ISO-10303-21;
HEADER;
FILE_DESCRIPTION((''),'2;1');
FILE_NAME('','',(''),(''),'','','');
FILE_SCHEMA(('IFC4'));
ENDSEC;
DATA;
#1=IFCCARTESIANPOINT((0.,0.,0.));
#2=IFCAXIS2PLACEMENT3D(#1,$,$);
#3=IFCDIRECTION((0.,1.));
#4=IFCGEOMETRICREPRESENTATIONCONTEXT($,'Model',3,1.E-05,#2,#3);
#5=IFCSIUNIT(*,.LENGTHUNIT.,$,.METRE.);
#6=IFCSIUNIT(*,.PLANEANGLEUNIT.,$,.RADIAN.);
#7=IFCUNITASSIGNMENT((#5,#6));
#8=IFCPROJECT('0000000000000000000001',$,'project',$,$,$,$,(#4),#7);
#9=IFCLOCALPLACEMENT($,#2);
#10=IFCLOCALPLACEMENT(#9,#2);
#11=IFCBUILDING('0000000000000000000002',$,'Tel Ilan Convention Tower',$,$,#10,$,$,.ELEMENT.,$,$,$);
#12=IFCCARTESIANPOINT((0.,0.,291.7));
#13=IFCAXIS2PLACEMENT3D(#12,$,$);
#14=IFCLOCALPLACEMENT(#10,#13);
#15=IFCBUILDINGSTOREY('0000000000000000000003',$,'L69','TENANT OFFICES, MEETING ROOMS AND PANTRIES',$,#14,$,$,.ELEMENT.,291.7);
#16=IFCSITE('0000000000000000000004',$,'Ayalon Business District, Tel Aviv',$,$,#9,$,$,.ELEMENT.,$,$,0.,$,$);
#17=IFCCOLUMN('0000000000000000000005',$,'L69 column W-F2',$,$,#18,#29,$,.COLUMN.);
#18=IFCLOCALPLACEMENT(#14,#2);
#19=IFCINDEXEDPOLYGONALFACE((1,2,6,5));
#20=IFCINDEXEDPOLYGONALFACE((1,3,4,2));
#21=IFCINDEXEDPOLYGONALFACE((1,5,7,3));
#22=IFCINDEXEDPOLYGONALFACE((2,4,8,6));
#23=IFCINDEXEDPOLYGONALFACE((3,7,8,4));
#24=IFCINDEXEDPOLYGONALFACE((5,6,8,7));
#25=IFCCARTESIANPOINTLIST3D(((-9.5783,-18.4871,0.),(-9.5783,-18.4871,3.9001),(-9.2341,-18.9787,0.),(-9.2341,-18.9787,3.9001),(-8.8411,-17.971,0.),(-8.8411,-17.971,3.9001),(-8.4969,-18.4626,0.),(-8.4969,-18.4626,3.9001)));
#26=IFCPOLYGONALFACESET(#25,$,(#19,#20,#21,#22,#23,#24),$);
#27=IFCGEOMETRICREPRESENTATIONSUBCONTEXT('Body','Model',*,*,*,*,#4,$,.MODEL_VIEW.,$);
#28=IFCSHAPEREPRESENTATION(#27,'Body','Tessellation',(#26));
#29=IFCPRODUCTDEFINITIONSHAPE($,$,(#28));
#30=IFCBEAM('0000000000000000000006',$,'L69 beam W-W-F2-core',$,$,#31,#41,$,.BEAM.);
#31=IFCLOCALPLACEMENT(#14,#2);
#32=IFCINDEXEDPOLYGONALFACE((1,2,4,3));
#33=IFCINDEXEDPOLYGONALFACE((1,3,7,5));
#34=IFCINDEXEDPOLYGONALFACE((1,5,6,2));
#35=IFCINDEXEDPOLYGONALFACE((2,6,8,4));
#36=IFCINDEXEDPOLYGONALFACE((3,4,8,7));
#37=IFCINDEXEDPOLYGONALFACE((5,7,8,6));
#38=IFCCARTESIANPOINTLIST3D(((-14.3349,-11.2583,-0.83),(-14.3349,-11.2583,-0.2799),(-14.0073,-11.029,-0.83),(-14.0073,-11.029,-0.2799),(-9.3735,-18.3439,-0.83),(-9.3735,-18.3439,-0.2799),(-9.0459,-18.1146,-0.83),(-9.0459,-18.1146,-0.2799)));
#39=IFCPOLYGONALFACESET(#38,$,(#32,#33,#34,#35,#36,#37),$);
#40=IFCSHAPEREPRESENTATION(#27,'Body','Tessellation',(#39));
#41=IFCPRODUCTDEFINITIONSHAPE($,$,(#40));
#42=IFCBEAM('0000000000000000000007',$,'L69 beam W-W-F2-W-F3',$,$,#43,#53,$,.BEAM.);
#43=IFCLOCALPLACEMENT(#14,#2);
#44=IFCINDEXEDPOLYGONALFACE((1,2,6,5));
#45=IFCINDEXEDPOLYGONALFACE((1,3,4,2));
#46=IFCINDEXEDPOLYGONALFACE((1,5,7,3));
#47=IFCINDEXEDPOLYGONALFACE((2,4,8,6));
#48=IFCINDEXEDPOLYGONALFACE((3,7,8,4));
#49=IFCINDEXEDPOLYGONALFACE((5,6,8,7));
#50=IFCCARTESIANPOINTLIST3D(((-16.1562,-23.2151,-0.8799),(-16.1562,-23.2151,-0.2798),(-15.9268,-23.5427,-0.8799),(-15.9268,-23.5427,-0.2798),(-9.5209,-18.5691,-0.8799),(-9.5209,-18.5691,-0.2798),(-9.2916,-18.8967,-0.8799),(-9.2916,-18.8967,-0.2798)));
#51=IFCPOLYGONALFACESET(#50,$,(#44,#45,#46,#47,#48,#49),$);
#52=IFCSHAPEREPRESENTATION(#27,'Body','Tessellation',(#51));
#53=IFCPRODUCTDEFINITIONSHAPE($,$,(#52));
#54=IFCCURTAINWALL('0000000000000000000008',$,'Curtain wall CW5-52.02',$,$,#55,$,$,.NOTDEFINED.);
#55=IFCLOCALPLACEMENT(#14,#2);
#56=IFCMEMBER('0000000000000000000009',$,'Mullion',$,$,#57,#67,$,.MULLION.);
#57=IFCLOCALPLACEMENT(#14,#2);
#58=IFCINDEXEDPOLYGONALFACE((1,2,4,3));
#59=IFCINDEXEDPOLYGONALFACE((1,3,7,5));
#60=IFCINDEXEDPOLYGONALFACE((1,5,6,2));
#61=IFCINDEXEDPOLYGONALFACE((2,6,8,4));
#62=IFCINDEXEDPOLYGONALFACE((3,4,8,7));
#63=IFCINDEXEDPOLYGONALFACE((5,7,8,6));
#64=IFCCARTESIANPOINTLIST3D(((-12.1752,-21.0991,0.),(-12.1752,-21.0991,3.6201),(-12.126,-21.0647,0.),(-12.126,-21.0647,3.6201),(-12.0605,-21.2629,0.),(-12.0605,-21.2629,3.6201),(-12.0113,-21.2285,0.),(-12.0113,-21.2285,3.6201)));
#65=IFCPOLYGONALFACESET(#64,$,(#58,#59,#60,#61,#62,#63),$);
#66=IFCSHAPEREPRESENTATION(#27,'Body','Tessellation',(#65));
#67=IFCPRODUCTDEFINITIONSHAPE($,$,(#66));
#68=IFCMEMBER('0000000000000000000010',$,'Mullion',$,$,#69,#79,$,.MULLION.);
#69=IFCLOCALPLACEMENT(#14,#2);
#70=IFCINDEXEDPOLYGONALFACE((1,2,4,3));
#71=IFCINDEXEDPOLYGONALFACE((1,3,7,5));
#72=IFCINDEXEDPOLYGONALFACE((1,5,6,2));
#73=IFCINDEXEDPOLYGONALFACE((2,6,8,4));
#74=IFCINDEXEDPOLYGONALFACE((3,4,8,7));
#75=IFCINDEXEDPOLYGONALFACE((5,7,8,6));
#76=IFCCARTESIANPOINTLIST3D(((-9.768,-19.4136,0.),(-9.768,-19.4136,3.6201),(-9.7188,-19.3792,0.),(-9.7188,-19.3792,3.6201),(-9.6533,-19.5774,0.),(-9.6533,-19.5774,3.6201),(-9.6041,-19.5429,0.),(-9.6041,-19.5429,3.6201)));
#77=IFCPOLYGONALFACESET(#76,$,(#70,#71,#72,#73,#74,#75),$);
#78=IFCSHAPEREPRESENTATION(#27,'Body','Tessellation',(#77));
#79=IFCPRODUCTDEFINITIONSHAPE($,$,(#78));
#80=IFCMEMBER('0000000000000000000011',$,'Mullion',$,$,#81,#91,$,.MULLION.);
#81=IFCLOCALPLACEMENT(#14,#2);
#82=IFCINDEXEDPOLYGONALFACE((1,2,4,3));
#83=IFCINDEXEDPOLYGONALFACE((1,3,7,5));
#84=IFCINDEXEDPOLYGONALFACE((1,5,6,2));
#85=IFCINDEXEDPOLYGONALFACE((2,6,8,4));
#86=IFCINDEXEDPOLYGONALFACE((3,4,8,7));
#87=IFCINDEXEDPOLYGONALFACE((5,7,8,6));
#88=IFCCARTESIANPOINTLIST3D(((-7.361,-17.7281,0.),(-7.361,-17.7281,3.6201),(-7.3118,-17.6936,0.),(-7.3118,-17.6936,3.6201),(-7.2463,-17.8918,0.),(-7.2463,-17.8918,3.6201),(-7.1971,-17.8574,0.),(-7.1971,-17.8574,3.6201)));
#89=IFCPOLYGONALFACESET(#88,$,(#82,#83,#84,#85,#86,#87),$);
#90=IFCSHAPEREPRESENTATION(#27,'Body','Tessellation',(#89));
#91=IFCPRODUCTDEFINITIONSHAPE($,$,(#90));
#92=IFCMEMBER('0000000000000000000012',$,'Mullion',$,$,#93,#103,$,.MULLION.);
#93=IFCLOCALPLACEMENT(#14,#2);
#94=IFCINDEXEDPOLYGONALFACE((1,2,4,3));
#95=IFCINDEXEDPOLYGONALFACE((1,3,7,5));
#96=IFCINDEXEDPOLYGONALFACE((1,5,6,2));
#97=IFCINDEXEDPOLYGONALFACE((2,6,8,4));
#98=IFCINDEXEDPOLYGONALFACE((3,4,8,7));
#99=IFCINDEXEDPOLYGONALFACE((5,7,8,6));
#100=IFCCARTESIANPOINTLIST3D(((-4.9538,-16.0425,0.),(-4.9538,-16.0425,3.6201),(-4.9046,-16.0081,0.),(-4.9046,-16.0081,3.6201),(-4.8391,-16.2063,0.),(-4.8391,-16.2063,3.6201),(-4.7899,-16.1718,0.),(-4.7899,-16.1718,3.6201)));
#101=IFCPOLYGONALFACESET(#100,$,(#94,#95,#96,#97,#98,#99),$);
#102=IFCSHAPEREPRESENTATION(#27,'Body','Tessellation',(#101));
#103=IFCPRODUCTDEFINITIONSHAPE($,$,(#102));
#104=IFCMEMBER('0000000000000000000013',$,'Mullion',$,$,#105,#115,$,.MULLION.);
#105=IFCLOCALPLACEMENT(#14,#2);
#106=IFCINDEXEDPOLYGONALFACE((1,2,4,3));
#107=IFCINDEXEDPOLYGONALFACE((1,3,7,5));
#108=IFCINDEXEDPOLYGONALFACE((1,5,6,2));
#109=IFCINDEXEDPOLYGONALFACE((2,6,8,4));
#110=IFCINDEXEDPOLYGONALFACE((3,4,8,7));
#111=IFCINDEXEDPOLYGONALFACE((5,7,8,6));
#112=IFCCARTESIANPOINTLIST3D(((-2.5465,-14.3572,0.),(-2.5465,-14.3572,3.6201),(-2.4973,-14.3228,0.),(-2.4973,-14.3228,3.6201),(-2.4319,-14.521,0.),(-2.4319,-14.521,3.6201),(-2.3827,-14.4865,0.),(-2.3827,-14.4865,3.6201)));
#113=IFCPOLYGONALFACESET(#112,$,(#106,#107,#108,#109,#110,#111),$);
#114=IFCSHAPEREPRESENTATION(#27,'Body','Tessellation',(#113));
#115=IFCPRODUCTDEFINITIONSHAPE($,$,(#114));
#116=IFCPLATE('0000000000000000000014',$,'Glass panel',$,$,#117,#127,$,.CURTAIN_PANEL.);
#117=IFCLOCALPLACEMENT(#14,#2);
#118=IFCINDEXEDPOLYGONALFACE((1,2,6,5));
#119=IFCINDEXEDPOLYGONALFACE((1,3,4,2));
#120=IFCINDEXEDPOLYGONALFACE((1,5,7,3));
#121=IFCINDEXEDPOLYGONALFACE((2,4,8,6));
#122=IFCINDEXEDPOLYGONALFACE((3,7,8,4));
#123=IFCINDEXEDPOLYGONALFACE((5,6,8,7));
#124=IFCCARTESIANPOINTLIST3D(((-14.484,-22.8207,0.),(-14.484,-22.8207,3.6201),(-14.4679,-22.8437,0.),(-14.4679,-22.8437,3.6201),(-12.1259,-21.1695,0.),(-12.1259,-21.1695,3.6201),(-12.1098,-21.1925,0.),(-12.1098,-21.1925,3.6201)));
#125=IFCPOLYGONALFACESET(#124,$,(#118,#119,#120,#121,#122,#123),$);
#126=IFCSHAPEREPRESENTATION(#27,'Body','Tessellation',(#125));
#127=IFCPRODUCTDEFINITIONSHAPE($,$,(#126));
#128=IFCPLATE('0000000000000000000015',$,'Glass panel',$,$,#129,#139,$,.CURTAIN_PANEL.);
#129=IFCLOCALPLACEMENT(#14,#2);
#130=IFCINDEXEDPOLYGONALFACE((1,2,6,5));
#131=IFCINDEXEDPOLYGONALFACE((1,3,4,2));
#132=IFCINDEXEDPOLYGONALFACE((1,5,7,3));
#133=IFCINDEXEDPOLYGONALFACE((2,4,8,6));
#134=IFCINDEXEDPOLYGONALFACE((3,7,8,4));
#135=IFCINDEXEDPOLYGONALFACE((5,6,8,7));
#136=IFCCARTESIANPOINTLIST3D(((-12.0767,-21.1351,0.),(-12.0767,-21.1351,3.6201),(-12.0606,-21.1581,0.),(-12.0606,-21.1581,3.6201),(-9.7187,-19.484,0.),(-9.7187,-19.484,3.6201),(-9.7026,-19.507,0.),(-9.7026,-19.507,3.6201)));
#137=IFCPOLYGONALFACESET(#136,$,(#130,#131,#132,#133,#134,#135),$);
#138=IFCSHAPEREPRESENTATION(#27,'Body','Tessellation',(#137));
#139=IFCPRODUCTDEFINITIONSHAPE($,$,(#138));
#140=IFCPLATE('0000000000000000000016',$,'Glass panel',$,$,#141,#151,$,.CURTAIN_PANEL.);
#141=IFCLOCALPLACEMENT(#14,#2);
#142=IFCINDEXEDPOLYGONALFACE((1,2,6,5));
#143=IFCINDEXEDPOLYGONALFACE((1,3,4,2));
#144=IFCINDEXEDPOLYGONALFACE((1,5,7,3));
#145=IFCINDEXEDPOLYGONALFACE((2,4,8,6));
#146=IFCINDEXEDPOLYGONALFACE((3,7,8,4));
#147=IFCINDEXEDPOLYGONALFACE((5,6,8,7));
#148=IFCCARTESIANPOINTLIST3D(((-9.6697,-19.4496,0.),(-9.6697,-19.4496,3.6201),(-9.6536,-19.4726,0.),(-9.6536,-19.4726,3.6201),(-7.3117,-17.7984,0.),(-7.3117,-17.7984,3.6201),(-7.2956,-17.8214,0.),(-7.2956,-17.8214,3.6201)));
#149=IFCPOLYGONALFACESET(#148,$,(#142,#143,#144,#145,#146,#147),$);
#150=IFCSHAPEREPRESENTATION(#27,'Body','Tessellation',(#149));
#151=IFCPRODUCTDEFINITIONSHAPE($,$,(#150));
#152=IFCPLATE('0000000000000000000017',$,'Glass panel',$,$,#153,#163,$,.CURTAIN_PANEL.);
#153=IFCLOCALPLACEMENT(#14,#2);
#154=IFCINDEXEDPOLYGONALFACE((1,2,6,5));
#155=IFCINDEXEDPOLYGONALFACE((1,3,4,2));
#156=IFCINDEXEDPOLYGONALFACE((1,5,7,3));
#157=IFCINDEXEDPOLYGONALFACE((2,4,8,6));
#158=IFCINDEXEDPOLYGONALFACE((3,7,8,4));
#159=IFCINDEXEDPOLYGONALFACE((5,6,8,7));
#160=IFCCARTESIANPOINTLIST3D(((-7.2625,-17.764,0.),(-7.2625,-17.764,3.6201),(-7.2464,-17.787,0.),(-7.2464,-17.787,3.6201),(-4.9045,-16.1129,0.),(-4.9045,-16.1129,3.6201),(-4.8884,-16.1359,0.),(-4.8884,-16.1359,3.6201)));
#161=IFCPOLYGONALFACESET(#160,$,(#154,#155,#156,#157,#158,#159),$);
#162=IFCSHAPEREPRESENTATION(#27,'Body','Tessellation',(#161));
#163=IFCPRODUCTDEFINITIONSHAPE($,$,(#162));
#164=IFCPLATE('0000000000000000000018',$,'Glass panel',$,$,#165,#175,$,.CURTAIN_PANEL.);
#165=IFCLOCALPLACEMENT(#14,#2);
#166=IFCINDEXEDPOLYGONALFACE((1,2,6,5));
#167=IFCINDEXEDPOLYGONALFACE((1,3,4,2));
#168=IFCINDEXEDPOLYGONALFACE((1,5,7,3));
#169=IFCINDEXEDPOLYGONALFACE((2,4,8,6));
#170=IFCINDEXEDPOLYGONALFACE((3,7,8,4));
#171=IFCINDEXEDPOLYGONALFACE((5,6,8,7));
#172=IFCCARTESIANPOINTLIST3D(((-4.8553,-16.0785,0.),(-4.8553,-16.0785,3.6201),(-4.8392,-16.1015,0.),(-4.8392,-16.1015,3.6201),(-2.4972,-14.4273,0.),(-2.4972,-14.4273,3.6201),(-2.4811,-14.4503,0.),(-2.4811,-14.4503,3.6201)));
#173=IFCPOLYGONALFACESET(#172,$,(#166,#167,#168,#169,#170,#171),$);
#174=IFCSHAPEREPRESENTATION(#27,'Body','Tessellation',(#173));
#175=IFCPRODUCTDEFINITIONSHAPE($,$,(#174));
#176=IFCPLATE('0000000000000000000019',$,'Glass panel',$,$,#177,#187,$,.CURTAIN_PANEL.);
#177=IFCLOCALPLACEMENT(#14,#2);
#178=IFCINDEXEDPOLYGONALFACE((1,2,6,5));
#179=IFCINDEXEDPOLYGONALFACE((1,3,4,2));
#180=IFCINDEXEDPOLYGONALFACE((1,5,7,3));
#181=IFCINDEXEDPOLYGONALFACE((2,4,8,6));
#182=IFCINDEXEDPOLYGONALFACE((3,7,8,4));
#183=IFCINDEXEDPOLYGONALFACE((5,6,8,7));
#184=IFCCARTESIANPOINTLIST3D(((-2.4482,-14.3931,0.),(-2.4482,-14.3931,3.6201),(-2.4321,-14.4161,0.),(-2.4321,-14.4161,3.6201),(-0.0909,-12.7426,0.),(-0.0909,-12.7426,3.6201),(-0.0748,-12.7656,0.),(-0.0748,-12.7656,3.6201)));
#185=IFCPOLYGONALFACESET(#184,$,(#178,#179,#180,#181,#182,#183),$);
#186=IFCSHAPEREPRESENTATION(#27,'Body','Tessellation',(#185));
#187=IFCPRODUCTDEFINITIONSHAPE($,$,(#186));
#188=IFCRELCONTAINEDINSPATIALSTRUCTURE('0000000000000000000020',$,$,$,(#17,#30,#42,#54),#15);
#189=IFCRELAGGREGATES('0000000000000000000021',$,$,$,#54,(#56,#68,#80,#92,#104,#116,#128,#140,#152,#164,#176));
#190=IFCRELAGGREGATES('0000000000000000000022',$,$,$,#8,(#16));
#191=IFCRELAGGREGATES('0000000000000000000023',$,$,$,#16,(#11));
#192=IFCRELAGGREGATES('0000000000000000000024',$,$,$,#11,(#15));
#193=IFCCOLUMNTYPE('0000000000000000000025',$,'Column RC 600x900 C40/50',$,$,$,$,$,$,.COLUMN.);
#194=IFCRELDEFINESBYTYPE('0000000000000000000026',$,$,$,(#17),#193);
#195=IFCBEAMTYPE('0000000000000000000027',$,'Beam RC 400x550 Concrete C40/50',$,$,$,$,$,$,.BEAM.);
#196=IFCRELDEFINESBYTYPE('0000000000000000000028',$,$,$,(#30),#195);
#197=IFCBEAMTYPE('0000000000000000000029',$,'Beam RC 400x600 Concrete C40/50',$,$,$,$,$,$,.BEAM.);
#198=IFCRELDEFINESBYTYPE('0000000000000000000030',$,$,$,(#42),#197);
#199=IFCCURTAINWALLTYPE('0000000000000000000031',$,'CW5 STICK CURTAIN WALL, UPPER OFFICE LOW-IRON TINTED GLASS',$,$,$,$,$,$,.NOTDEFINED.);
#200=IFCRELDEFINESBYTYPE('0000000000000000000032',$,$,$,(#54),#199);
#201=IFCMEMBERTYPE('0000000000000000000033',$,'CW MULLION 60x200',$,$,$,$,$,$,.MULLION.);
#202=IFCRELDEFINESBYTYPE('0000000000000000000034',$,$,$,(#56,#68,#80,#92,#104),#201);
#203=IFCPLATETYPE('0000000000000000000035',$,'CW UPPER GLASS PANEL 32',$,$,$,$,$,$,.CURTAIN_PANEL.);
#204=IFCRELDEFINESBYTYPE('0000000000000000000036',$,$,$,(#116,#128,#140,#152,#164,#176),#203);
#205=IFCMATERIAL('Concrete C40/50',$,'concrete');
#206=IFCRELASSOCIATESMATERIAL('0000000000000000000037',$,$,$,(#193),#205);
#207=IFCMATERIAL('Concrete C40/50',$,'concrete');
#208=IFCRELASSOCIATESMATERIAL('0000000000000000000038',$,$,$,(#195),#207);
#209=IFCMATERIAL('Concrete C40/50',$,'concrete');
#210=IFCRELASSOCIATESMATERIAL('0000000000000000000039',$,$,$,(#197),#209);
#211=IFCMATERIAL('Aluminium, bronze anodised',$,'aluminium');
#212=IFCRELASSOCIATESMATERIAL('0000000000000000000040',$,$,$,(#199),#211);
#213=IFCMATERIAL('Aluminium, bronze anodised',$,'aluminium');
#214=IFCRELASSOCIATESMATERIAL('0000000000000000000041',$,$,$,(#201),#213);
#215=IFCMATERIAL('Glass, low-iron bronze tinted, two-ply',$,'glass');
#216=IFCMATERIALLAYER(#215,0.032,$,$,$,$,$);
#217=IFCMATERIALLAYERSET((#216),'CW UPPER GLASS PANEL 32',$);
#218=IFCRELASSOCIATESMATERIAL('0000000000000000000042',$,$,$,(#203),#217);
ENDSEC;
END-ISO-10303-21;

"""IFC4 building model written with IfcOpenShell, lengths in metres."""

from ifc_helpers import new_model, si_unit, direction, frame, origin, origin_2d, place, context, subcontext, project, spatial, rectangle, extrude, material, layer, layer_set, material_profile, profile_set, type_object, element, aggregate, save


model = new_model("IFC4")

# Units and contexts
model_context = context("Model", 3, precision=1e-05, world=origin(), true_north=direction((0.0, 1.0)))
body_context = subcontext(model_context, "Body", "Model", "MODEL_VIEW")
ifc_project = project(units=[si_unit("LENGTHUNIT", "METRE"), si_unit("PLANEANGLEUNIT", "RADIAN")], contexts=[model_context])

# Site, building, storey
site_placement = place(None, origin())
site = spatial("IfcSite", under=ifc_project, at=site_placement, Name="Ayalon Business District, Tel Aviv", CompositionType="ELEMENT", RefElevation=0.0)
building_placement = place(site_placement, origin())
building = spatial("IfcBuilding", under=site, at=building_placement, Name="Tel Ilan Convention Tower", CompositionType="ELEMENT")
storey_placement = place(building_placement, frame((0.0, 0.0, 291.7)))
storey = spatial("IfcBuildingStorey", under=building, at=storey_placement, Name="L69", Description="TENANT OFFICES, MEETING ROOMS AND PANTRIES", CompositionType="ELEMENT", Elevation=291.7)

# Column
ifc_material_1 = material(Name="Concrete C40/50", Category="concrete")
ifc_material_profile_1 = material_profile(ifc_material_1, rectangle(XDim=0.8999, YDim=0.6001, at=origin_2d()), Name="RC 600x900")
ifc_profile_set_1 = profile_set([ifc_material_profile_1], Name="Concrete C40/50")
column_type = type_object("IfcColumnType", Name="Column RC 600x900 C40/50", PredefinedType="COLUMN", material=ifc_profile_set_1)
column_placement = place(storey_placement, frame((-9.0376, -18.4749, 0.0), z_axis=(0.0, 0.0, 1.0), x_axis=(-0.819152, -0.573576, 0.0)))
element("IfcColumn", 1, at=column_placement, inside=storey, type_object=column_type, Name="L69 column W-F2", PredefinedType="COLUMN", context=body_context, shape_type="SweptSolid", body=[
    extrude(rectangle(XDim=0.8999, YDim=0.6001, at=origin_2d()), origin(), (0.0, 0.0, 1.0), 3.9001),
])

# Beams
ifc_material_2 = material(Name="Concrete C40/50", Category="concrete")
ifc_material_profile_2 = material_profile(ifc_material_2, rectangle(XDim=0.3999, YDim=0.55, at=origin_2d()), Name="RC 400x550")
ifc_profile_set_2 = profile_set([ifc_material_profile_2], Name="Concrete C40/50")
beam_type_1 = type_object("IfcBeamType", Name="Beam RC 400x550 Concrete C40/50", PredefinedType="BEAM", material=ifc_profile_set_2)
beam_1_placement = place(storey_placement, frame((-9.2097, -18.2292, -0.5549), z_axis=(-0.573574, 0.819154, 0.0), x_axis=(-0.819154, -0.573574, 0.0)))
element("IfcBeam", 2, at=beam_1_placement, inside=storey, type_object=beam_type_1, Name="L69 beam W-W-F2-core", PredefinedType="BEAM", context=body_context, shape_type="SweptSolid", body=[
    extrude(rectangle(XDim=0.3999, YDim=0.55, at=origin_2d()), origin(), (0.0, 0.0, 1.0), 8.6499),
])
ifc_material_3 = material(Name="Concrete C40/50", Category="concrete")
ifc_material_profile_3 = material_profile(ifc_material_3, rectangle(XDim=0.3999, YDim=0.6001, at=origin_2d()), Name="RC 400x600")
ifc_profile_set_3 = profile_set([ifc_material_profile_3], Name="Concrete C40/50")
beam_type_2 = type_object("IfcBeamType", Name="Beam RC 400x600 Concrete C40/50", PredefinedType="BEAM", material=ifc_profile_set_3)
beam_2_placement = place(storey_placement, frame((-9.4062, -18.7329, -0.5798), z_axis=(-0.819155, -0.573572, 0.0), x_axis=(0.573572, -0.819155, 0.0)))
element("IfcBeam", 3, at=beam_2_placement, inside=storey, type_object=beam_type_2, Name="L69 beam W-W-F2-W-F3", PredefinedType="BEAM", context=body_context, shape_type="SweptSolid", body=[
    extrude(rectangle(XDim=0.3999, YDim=0.6001, at=origin_2d()), origin(), (0.0, 0.0, 1.0), 8.1001),
])

# Curtain wall, members, plates
ifc_material_4 = material(Name="Aluminium, bronze anodised", Category="aluminium")
curtain_wall_type = type_object("IfcCurtainWallType", Name="CW5 STICK CURTAIN WALL, UPPER OFFICE LOW-IRON TINTED GLASS", PredefinedType="NOTDEFINED", material=ifc_material_4)
curtain_wall_placement = place(storey_placement, origin())
curtain_wall = element("IfcCurtainWall", 4, at=curtain_wall_placement, inside=storey, type_object=curtain_wall_type, Name="Curtain wall CW5-52.02", PredefinedType="NOTDEFINED")
ifc_material_5 = material(Name="Aluminium, bronze anodised", Category="aluminium")
ifc_material_profile_4 = material_profile(ifc_material_5, rectangle(XDim=0.0601, YDim=0.2, at=origin_2d()), Name="CW MULLION 60x200")
ifc_profile_set_4 = profile_set([ifc_material_profile_4], Name="Aluminium, bronze anodised")
member_type = type_object("IfcMemberType", Name="CW MULLION 60x200", PredefinedType="MULLION", material=ifc_profile_set_4)
member_1_placement = place(storey_placement, frame((-12.0933, -21.1638, 0.0), z_axis=(0.0, 0.0, 1.0), x_axis=(0.819152, 0.573576, 0.0)))
member_1 = element("IfcMember", 5, at=member_1_placement, type_object=member_type, Name="Mullion", PredefinedType="MULLION", context=body_context, shape_type="SweptSolid", body=[
    extrude(rectangle(XDim=0.0601, YDim=0.2, at=origin_2d()), origin(), (0.0, 0.0, 1.0), 3.6201),
])
member_2_placement = place(storey_placement, frame((-9.686, -19.4783, 0.0), z_axis=(0.0, 0.0, 1.0), x_axis=(0.819152, 0.573576, 0.0)))
member_2 = element("IfcMember", 6, at=member_2_placement, type_object=member_type, Name="Mullion", PredefinedType="MULLION", context=body_context, shape_type="SweptSolid", body=[
    extrude(rectangle(XDim=0.0601, YDim=0.2, at=origin_2d()), origin(), (0.0, 0.0, 1.0), 3.6201),
])
member_3_placement = place(storey_placement, frame((-7.2791, -17.7927, 0.0), z_axis=(0.0, 0.0, 1.0), x_axis=(0.819152, 0.573576, 0.0)))
member_3 = element("IfcMember", 7, at=member_3_placement, type_object=member_type, Name="Mullion", PredefinedType="MULLION", context=body_context, shape_type="SweptSolid", body=[
    extrude(rectangle(XDim=0.0601, YDim=0.2, at=origin_2d()), origin(), (0.0, 0.0, 1.0), 3.6201),
])
member_4_placement = place(storey_placement, frame((-4.8718, -16.1072, 0.0), z_axis=(0.0, 0.0, 1.0), x_axis=(0.819152, 0.573576, 0.0)))
member_4 = element("IfcMember", 8, at=member_4_placement, type_object=member_type, Name="Mullion", PredefinedType="MULLION", context=body_context, shape_type="SweptSolid", body=[
    extrude(rectangle(XDim=0.0601, YDim=0.2, at=origin_2d()), origin(), (0.0, 0.0, 1.0), 3.6201),
])
member_5_placement = place(storey_placement, frame((-2.4646, -14.4219, 0.0), z_axis=(0.0, 0.0, 1.0), x_axis=(0.819152, 0.573576, 0.0)))
member_5 = element("IfcMember", 9, at=member_5_placement, type_object=member_type, Name="Mullion", PredefinedType="MULLION", context=body_context, shape_type="SweptSolid", body=[
    extrude(rectangle(XDim=0.0601, YDim=0.2, at=origin_2d()), origin(), (0.0, 0.0, 1.0), 3.6201),
])
ifc_material_6 = material(Name="Glass, low-iron bronze tinted, two-ply", Category="glass")
ifc_layer_1 = layer(ifc_material_6, 0.032)
ifc_layer_set_1 = layer_set([ifc_layer_1], Name="CW UPPER GLASS PANEL 32")
plate_type = type_object("IfcPlateType", Name="CW UPPER GLASS PANEL 32", PredefinedType="CURTAIN_PANEL", material=ifc_layer_set_1)
plate_1_placement = place(storey_placement, frame((-13.2969, -22.0066, 0.0), z_axis=(0.0, 0.0, 1.0), x_axis=(0.819152, 0.573576, 0.0)))
plate_1 = element("IfcPlate", 10, at=plate_1_placement, type_object=plate_type, Name="Glass panel", PredefinedType="CURTAIN_PANEL", context=body_context, shape_type="SweptSolid", body=[
    extrude(rectangle(XDim=2.8787, YDim=0.0281, at=origin_2d()), origin(), (0.0, 0.0, 1.0), 3.6201),
])
plate_2_placement = place(storey_placement, frame((-10.8896, -20.321, 0.0), z_axis=(0.0, 0.0, 1.0), x_axis=(0.819152, 0.573576, 0.0)))
plate_2 = element("IfcPlate", 11, at=plate_2_placement, type_object=plate_type, Name="Glass panel", PredefinedType="CURTAIN_PANEL", context=body_context, shape_type="SweptSolid", body=[
    extrude(rectangle(XDim=2.8787, YDim=0.0281, at=origin_2d()), origin(), (0.0, 0.0, 1.0), 3.6201),
])
plate_3_placement = place(storey_placement, frame((-8.4827, -18.6355, 0.0), z_axis=(0.0, 0.0, 1.0), x_axis=(0.819152, 0.573576, 0.0)))
plate_3 = element("IfcPlate", 12, at=plate_3_placement, type_object=plate_type, Name="Glass panel", PredefinedType="CURTAIN_PANEL", context=body_context, shape_type="SweptSolid", body=[
    extrude(rectangle(XDim=2.8787, YDim=0.0281, at=origin_2d()), origin(), (0.0, 0.0, 1.0), 3.6201),
])
plate_4_placement = place(storey_placement, frame((-6.0754, -16.95, 0.0), z_axis=(0.0, 0.0, 1.0), x_axis=(0.819152, 0.573576, 0.0)))
plate_4 = element("IfcPlate", 13, at=plate_4_placement, type_object=plate_type, Name="Glass panel", PredefinedType="CURTAIN_PANEL", context=body_context, shape_type="SweptSolid", body=[
    extrude(rectangle(XDim=2.8787, YDim=0.0281, at=origin_2d()), origin(), (0.0, 0.0, 1.0), 3.6201),
])
plate_5_placement = place(storey_placement, frame((-3.6682, -15.2644, 0.0), z_axis=(0.0, 0.0, 1.0), x_axis=(0.819152, 0.573576, 0.0)))
plate_5 = element("IfcPlate", 14, at=plate_5_placement, type_object=plate_type, Name="Glass panel", PredefinedType="CURTAIN_PANEL", context=body_context, shape_type="SweptSolid", body=[
    extrude(rectangle(XDim=2.8787, YDim=0.0281, at=origin_2d()), origin(), (0.0, 0.0, 1.0), 3.6201),
])
plate_6_placement = place(storey_placement, frame((-1.2615, -13.5793, 0.0), z_axis=(0.0, 0.0, 1.0), x_axis=(0.819152, 0.573576, 0.0)))
plate_6 = element("IfcPlate", 15, at=plate_6_placement, type_object=plate_type, Name="Glass panel", PredefinedType="CURTAIN_PANEL", context=body_context, shape_type="SweptSolid", body=[
    extrude(rectangle(XDim=2.8777, YDim=0.0281, at=origin_2d()), origin(), (0.0, 0.0, 1.0), 3.6201),
])
aggregate(curtain_wall, [member_1, member_2, member_3, member_4, member_5, plate_1, plate_2, plate_3, plate_4, plate_5, plate_6])

save(model, "model.ifc")
